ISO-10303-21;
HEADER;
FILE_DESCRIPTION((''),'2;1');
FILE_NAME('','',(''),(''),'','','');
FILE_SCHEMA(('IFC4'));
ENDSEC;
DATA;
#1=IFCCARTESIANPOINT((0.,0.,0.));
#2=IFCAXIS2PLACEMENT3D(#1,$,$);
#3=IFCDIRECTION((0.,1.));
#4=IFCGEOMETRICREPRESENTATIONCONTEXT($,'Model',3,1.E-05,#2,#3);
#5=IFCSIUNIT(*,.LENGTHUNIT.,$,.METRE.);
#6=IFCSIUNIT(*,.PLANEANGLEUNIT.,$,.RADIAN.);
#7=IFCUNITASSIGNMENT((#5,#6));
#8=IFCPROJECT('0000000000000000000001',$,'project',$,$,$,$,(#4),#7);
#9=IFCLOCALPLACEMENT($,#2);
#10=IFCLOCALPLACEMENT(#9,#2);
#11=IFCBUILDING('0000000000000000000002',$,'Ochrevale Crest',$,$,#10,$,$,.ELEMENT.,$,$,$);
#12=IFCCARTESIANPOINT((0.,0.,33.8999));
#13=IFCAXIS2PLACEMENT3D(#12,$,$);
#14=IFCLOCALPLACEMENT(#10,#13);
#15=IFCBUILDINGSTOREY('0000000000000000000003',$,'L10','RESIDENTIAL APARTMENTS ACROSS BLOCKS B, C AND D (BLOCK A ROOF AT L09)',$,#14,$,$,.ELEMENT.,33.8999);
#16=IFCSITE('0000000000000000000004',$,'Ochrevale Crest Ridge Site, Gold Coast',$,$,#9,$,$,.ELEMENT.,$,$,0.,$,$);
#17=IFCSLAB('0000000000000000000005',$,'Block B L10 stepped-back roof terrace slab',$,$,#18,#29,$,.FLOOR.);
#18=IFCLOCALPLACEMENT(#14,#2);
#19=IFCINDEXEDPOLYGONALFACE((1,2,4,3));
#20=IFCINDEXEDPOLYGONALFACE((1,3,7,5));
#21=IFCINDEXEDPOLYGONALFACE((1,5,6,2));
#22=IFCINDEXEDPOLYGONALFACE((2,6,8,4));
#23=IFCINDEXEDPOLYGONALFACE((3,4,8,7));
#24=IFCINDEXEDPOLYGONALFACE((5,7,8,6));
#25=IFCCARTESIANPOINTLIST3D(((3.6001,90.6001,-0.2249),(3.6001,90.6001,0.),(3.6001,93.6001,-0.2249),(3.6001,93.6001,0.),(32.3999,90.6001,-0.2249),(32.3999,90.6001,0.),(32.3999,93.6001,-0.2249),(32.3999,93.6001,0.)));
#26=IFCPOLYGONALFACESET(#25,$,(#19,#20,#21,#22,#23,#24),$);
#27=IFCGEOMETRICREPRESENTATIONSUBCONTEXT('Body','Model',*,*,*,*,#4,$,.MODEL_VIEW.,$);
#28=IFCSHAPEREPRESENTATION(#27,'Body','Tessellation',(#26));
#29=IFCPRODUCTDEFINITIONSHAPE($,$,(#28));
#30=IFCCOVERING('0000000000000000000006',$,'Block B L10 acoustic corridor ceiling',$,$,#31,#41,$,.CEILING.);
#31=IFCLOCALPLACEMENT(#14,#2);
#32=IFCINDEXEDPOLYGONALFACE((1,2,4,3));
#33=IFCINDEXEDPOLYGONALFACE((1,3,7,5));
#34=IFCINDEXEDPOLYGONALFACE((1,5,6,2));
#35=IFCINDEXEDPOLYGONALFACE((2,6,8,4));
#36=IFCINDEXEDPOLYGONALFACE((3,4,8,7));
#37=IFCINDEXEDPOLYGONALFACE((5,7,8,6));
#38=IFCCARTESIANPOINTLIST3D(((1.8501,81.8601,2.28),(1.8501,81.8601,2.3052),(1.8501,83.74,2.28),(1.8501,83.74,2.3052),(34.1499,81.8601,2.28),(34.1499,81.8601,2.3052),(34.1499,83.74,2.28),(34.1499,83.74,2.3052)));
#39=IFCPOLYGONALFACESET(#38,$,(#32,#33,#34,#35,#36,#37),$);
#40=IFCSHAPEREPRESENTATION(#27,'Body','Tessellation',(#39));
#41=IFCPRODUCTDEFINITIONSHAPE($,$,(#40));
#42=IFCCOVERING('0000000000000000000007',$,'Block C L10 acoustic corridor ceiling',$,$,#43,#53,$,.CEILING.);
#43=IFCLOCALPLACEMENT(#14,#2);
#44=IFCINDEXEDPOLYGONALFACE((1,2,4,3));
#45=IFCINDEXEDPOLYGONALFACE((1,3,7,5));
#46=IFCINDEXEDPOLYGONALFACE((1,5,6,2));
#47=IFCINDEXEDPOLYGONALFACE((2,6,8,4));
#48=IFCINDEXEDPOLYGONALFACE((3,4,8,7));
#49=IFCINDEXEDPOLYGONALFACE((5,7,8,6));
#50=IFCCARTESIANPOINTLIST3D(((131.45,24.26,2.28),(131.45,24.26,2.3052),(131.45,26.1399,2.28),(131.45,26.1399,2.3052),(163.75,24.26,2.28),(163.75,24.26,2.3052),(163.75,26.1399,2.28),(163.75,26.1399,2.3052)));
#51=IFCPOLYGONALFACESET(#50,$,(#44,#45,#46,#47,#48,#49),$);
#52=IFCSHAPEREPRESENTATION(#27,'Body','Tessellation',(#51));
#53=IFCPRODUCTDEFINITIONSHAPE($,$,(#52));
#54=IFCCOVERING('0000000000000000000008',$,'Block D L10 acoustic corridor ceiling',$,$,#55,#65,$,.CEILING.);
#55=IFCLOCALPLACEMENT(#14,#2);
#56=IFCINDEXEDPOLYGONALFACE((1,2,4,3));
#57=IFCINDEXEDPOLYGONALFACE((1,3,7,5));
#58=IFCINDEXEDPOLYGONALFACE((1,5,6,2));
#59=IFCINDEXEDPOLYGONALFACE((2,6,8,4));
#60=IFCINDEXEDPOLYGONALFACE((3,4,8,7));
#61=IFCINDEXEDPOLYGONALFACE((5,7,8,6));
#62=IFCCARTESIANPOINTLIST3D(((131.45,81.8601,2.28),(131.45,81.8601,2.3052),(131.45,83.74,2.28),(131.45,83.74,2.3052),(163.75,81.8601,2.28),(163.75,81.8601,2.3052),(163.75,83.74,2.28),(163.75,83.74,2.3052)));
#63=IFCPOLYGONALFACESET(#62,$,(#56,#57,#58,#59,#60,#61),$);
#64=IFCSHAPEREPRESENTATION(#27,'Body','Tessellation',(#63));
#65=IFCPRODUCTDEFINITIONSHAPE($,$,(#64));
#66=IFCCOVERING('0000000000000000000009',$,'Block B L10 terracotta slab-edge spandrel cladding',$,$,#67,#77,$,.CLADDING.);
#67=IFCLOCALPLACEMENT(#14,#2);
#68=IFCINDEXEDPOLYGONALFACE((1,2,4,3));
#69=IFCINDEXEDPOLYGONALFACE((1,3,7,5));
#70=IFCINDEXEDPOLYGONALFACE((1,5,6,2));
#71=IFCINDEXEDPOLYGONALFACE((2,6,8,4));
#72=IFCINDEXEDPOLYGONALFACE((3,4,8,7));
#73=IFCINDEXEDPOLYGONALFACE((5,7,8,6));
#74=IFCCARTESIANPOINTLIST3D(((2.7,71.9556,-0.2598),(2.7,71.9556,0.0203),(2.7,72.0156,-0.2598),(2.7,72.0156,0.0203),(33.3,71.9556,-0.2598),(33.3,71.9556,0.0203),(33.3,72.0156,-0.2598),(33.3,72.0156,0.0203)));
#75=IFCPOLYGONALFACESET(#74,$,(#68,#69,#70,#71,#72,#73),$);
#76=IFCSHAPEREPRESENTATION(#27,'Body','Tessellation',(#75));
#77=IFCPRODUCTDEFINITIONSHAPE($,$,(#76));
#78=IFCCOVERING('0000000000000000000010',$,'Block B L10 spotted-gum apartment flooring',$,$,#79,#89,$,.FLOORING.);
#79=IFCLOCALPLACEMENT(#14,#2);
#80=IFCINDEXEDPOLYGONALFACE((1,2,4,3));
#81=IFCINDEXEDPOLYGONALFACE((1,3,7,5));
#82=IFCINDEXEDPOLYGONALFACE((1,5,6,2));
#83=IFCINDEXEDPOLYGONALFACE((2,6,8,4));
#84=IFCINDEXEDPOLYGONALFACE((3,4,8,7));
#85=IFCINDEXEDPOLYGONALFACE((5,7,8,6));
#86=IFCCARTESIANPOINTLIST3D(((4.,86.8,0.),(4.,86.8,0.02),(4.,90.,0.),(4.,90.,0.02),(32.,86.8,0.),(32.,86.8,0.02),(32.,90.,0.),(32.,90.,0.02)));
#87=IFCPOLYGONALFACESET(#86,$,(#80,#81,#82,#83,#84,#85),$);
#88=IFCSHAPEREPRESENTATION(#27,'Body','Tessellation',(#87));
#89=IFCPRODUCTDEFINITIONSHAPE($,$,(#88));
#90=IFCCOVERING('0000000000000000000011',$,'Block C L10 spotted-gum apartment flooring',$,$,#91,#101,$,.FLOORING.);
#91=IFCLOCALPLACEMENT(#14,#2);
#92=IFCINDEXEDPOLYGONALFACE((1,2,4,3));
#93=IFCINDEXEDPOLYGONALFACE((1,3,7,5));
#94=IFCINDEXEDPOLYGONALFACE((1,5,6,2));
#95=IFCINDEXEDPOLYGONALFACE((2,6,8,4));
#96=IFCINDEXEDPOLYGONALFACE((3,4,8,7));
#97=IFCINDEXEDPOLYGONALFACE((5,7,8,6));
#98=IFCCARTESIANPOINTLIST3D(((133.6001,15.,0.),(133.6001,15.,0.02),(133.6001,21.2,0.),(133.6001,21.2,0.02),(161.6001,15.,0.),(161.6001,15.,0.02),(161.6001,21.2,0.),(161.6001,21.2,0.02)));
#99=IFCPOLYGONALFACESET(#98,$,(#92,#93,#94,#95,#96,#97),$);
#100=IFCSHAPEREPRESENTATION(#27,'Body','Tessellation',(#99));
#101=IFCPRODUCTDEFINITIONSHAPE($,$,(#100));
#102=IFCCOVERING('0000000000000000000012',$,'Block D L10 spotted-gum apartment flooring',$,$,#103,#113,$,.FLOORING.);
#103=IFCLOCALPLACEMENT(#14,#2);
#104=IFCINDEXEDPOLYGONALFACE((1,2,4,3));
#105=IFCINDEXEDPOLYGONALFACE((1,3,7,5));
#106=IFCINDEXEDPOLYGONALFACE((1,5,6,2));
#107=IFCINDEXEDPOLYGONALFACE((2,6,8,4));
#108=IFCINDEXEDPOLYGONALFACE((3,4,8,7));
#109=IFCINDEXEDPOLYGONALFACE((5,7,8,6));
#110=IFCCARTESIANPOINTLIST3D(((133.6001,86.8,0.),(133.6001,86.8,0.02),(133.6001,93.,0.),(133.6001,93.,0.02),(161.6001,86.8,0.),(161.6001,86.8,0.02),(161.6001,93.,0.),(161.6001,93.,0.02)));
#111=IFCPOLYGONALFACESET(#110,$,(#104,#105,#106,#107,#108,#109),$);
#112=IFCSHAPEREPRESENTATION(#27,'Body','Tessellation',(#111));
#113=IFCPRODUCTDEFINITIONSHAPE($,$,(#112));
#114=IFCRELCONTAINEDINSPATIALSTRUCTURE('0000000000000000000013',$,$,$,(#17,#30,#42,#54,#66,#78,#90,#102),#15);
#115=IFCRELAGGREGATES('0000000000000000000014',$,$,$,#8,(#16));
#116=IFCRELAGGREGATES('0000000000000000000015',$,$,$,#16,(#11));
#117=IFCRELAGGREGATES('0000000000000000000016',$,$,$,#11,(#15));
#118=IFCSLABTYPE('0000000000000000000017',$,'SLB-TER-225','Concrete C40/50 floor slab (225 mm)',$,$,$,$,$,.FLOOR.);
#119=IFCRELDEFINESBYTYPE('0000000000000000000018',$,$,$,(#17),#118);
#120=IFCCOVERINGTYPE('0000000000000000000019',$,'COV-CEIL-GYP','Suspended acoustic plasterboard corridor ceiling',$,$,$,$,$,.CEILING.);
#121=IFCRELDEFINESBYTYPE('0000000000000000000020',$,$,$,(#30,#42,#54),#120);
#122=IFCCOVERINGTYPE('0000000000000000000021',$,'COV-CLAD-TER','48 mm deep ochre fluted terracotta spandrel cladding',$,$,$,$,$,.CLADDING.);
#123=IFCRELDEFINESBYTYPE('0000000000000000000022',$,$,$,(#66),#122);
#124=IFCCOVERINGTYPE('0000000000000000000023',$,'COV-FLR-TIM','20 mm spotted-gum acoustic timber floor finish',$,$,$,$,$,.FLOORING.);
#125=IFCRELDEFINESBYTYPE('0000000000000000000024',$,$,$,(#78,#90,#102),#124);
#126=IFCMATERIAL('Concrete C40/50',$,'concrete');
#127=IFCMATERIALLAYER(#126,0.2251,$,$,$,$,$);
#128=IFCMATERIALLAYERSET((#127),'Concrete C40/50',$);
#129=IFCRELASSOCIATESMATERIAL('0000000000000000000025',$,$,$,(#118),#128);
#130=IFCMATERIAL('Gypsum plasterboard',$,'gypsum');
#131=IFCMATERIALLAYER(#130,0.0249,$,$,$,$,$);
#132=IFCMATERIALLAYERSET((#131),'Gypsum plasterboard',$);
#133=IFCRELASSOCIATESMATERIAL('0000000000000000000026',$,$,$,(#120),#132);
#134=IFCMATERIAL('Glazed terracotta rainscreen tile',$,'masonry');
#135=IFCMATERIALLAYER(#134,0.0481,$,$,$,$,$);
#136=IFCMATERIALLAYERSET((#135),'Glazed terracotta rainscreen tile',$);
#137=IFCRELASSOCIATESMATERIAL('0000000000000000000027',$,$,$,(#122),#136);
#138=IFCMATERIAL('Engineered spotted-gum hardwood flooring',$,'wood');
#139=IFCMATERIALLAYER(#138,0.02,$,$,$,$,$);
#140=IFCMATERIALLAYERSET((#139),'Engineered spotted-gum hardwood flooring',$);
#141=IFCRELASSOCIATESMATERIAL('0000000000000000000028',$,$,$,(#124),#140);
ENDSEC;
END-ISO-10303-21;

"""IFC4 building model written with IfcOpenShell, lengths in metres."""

from ifc_helpers import new_model, si_unit, direction, frame, origin, origin_2d, place, context, subcontext, project, spatial, polyline, rectangle, outline, extrude, material, layer, layer_set, type_object, element, save


model = new_model("IFC4")

# Units and contexts
model_context = context("Model", 3, precision=1e-05, world=origin(), true_north=direction((0.0, 1.0)))
body_context = subcontext(model_context, "Body", "Model", "MODEL_VIEW")
ifc_project = project(units=[si_unit("LENGTHUNIT", "METRE"), si_unit("PLANEANGLEUNIT", "RADIAN")], contexts=[model_context])

# Site, building, storey
site_placement = place(None, origin())
site = spatial("IfcSite", under=ifc_project, at=site_placement, Name="Ochrevale Crest Ridge Site, Gold Coast", CompositionType="ELEMENT", RefElevation=0.0)
building_placement = place(site_placement, origin())
building = spatial("IfcBuilding", under=site, at=building_placement, Name="Ochrevale Crest", CompositionType="ELEMENT")
storey_placement = place(building_placement, frame((0.0, 0.0, 33.8999)))
storey = spatial("IfcBuildingStorey", under=building, at=storey_placement, Name="L10", Description="RESIDENTIAL APARTMENTS ACROSS BLOCKS B, C AND D (BLOCK A ROOF AT L09)", CompositionType="ELEMENT", Elevation=33.8999)

# Slab
ifc_material_1 = material(Name="Concrete C40/50", Category="concrete")
ifc_layer_1 = layer(ifc_material_1, 0.2251)
ifc_layer_set_1 = layer_set([ifc_layer_1], Name="Concrete C40/50")
slab_type_1 = type_object("IfcSlabType", Name="SLB-TER-225", Description="Concrete C40/50 floor slab (225 mm)", PredefinedType="FLOOR", material=ifc_layer_set_1)
slab_1_placement = place(storey_placement, frame((0.0, 0.0, -0.2249)))
element("IfcSlab", 1, at=slab_1_placement, inside=storey, type_object=slab_type_1, Name="Block B L10 stepped-back roof terrace slab", PredefinedType="FLOOR", context=body_context, shape_type="SweptSolid", body=[
    extrude(outline(polyline([(3.6001, 90.6001), (32.3999, 90.6001), (32.3999, 93.6001), (3.6001, 93.6001), (3.6001, 90.6001)])), origin(), (0.0, 0.0, 1.0), 0.2249),
])

# Coverings
ifc_material_2 = material(Name="Gypsum plasterboard", Category="gypsum")
ifc_layer_2 = layer(ifc_material_2, 0.0249)
ifc_layer_set_2 = layer_set([ifc_layer_2], Name="Gypsum plasterboard")
covering_type_1 = type_object("IfcCoveringType", Name="COV-CEIL-GYP", Description="Suspended acoustic plasterboard corridor ceiling", PredefinedType="CEILING", material=ifc_layer_set_2)
covering_1_placement = place(storey_placement, frame((0.0, 0.0, 2.28)))
element("IfcCovering", 2, at=covering_1_placement, inside=storey, type_object=covering_type_1, Name="Block B L10 acoustic corridor ceiling", PredefinedType="CEILING", context=body_context, shape_type="SweptSolid", body=[
    extrude(outline(polyline([(1.8501, 81.8601), (34.1499, 81.8601), (34.1499, 83.74), (1.8501, 83.74), (1.8501, 81.8601)])), origin(), (0.0, 0.0, 1.0), 0.0251),
])
covering_2_placement = place(storey_placement, frame((0.0, 0.0, 2.28)))
element("IfcCovering", 3, at=covering_2_placement, inside=storey, type_object=covering_type_1, Name="Block C L10 acoustic corridor ceiling", PredefinedType="CEILING", context=body_context, shape_type="SweptSolid", body=[
    extrude(outline(polyline([(131.45, 24.26), (163.75, 24.26), (163.75, 26.1399), (131.45, 26.1399), (131.45, 24.26)])), origin(), (0.0, 0.0, 1.0), 0.0251),
])
covering_3_placement = place(storey_placement, frame((0.0, 0.0, 2.28)))
element("IfcCovering", 4, at=covering_3_placement, inside=storey, type_object=covering_type_1, Name="Block D L10 acoustic corridor ceiling", PredefinedType="CEILING", context=body_context, shape_type="SweptSolid", body=[
    extrude(outline(polyline([(131.45, 81.8601), (163.75, 81.8601), (163.75, 83.74), (131.45, 83.74), (131.45, 81.8601)])), origin(), (0.0, 0.0, 1.0), 0.0251),
])
ifc_material_3 = material(Name="Glazed terracotta rainscreen tile", Category="masonry")
ifc_layer_3 = layer(ifc_material_3, 0.0481)
ifc_layer_set_3 = layer_set([ifc_layer_3], Name="Glazed terracotta rainscreen tile")
covering_type_2 = type_object("IfcCoveringType", Name="COV-CLAD-TER", Description="48 mm deep ochre fluted terracotta spandrel cladding", PredefinedType="CLADDING", material=ifc_layer_set_3)
covering_4_placement = place(storey_placement, frame((18.0, 71.9856, -0.2598), z_axis=(0.0, 0.0, 1.0), x_axis=(1.0, 0.0, 0.0)))
element("IfcCovering", 5, at=covering_4_placement, inside=storey, type_object=covering_type_2, Name="Block B L10 terracotta slab-edge spandrel cladding", PredefinedType="CLADDING", context=body_context, shape_type="SweptSolid", body=[
    extrude(rectangle(XDim=30.6001, YDim=0.0601, at=origin_2d()), origin(), (0.0, 0.0, 1.0), 0.28),
])
ifc_material_4 = material(Name="Engineered spotted-gum hardwood flooring", Category="wood")
ifc_layer_4 = layer(ifc_material_4, 0.02)
ifc_layer_set_4 = layer_set([ifc_layer_4], Name="Engineered spotted-gum hardwood flooring")
covering_type_3 = type_object("IfcCoveringType", Name="COV-FLR-TIM", Description="20 mm spotted-gum acoustic timber floor finish", PredefinedType="FLOORING", material=ifc_layer_set_4)
covering_5_placement = place(storey_placement, origin())
element("IfcCovering", 6, at=covering_5_placement, inside=storey, type_object=covering_type_3, Name="Block B L10 spotted-gum apartment flooring", PredefinedType="FLOORING", context=body_context, shape_type="SweptSolid", body=[
    extrude(outline(polyline([(4.0, 86.8), (32.0, 86.8), (32.0, 90.0), (4.0, 90.0), (4.0, 86.8)])), origin(), (0.0, 0.0, 1.0), 0.02),
])
covering_6_placement = place(storey_placement, origin())
element("IfcCovering", 7, at=covering_6_placement, inside=storey, type_object=covering_type_3, Name="Block C L10 spotted-gum apartment flooring", PredefinedType="FLOORING", context=body_context, shape_type="SweptSolid", body=[
    extrude(outline(polyline([(133.6001, 15.0), (161.6001, 15.0), (161.6001, 21.2), (133.6001, 21.2), (133.6001, 15.0)])), origin(), (0.0, 0.0, 1.0), 0.02),
])
covering_7_placement = place(storey_placement, origin())
element("IfcCovering", 8, at=covering_7_placement, inside=storey, type_object=covering_type_3, Name="Block D L10 spotted-gum apartment flooring", PredefinedType="FLOORING", context=body_context, shape_type="SweptSolid", body=[
    extrude(outline(polyline([(133.6001, 86.8), (161.6001, 86.8), (161.6001, 93.0), (133.6001, 93.0), (133.6001, 86.8)])), origin(), (0.0, 0.0, 1.0), 0.02),
])

save(model, "model.ifc")
